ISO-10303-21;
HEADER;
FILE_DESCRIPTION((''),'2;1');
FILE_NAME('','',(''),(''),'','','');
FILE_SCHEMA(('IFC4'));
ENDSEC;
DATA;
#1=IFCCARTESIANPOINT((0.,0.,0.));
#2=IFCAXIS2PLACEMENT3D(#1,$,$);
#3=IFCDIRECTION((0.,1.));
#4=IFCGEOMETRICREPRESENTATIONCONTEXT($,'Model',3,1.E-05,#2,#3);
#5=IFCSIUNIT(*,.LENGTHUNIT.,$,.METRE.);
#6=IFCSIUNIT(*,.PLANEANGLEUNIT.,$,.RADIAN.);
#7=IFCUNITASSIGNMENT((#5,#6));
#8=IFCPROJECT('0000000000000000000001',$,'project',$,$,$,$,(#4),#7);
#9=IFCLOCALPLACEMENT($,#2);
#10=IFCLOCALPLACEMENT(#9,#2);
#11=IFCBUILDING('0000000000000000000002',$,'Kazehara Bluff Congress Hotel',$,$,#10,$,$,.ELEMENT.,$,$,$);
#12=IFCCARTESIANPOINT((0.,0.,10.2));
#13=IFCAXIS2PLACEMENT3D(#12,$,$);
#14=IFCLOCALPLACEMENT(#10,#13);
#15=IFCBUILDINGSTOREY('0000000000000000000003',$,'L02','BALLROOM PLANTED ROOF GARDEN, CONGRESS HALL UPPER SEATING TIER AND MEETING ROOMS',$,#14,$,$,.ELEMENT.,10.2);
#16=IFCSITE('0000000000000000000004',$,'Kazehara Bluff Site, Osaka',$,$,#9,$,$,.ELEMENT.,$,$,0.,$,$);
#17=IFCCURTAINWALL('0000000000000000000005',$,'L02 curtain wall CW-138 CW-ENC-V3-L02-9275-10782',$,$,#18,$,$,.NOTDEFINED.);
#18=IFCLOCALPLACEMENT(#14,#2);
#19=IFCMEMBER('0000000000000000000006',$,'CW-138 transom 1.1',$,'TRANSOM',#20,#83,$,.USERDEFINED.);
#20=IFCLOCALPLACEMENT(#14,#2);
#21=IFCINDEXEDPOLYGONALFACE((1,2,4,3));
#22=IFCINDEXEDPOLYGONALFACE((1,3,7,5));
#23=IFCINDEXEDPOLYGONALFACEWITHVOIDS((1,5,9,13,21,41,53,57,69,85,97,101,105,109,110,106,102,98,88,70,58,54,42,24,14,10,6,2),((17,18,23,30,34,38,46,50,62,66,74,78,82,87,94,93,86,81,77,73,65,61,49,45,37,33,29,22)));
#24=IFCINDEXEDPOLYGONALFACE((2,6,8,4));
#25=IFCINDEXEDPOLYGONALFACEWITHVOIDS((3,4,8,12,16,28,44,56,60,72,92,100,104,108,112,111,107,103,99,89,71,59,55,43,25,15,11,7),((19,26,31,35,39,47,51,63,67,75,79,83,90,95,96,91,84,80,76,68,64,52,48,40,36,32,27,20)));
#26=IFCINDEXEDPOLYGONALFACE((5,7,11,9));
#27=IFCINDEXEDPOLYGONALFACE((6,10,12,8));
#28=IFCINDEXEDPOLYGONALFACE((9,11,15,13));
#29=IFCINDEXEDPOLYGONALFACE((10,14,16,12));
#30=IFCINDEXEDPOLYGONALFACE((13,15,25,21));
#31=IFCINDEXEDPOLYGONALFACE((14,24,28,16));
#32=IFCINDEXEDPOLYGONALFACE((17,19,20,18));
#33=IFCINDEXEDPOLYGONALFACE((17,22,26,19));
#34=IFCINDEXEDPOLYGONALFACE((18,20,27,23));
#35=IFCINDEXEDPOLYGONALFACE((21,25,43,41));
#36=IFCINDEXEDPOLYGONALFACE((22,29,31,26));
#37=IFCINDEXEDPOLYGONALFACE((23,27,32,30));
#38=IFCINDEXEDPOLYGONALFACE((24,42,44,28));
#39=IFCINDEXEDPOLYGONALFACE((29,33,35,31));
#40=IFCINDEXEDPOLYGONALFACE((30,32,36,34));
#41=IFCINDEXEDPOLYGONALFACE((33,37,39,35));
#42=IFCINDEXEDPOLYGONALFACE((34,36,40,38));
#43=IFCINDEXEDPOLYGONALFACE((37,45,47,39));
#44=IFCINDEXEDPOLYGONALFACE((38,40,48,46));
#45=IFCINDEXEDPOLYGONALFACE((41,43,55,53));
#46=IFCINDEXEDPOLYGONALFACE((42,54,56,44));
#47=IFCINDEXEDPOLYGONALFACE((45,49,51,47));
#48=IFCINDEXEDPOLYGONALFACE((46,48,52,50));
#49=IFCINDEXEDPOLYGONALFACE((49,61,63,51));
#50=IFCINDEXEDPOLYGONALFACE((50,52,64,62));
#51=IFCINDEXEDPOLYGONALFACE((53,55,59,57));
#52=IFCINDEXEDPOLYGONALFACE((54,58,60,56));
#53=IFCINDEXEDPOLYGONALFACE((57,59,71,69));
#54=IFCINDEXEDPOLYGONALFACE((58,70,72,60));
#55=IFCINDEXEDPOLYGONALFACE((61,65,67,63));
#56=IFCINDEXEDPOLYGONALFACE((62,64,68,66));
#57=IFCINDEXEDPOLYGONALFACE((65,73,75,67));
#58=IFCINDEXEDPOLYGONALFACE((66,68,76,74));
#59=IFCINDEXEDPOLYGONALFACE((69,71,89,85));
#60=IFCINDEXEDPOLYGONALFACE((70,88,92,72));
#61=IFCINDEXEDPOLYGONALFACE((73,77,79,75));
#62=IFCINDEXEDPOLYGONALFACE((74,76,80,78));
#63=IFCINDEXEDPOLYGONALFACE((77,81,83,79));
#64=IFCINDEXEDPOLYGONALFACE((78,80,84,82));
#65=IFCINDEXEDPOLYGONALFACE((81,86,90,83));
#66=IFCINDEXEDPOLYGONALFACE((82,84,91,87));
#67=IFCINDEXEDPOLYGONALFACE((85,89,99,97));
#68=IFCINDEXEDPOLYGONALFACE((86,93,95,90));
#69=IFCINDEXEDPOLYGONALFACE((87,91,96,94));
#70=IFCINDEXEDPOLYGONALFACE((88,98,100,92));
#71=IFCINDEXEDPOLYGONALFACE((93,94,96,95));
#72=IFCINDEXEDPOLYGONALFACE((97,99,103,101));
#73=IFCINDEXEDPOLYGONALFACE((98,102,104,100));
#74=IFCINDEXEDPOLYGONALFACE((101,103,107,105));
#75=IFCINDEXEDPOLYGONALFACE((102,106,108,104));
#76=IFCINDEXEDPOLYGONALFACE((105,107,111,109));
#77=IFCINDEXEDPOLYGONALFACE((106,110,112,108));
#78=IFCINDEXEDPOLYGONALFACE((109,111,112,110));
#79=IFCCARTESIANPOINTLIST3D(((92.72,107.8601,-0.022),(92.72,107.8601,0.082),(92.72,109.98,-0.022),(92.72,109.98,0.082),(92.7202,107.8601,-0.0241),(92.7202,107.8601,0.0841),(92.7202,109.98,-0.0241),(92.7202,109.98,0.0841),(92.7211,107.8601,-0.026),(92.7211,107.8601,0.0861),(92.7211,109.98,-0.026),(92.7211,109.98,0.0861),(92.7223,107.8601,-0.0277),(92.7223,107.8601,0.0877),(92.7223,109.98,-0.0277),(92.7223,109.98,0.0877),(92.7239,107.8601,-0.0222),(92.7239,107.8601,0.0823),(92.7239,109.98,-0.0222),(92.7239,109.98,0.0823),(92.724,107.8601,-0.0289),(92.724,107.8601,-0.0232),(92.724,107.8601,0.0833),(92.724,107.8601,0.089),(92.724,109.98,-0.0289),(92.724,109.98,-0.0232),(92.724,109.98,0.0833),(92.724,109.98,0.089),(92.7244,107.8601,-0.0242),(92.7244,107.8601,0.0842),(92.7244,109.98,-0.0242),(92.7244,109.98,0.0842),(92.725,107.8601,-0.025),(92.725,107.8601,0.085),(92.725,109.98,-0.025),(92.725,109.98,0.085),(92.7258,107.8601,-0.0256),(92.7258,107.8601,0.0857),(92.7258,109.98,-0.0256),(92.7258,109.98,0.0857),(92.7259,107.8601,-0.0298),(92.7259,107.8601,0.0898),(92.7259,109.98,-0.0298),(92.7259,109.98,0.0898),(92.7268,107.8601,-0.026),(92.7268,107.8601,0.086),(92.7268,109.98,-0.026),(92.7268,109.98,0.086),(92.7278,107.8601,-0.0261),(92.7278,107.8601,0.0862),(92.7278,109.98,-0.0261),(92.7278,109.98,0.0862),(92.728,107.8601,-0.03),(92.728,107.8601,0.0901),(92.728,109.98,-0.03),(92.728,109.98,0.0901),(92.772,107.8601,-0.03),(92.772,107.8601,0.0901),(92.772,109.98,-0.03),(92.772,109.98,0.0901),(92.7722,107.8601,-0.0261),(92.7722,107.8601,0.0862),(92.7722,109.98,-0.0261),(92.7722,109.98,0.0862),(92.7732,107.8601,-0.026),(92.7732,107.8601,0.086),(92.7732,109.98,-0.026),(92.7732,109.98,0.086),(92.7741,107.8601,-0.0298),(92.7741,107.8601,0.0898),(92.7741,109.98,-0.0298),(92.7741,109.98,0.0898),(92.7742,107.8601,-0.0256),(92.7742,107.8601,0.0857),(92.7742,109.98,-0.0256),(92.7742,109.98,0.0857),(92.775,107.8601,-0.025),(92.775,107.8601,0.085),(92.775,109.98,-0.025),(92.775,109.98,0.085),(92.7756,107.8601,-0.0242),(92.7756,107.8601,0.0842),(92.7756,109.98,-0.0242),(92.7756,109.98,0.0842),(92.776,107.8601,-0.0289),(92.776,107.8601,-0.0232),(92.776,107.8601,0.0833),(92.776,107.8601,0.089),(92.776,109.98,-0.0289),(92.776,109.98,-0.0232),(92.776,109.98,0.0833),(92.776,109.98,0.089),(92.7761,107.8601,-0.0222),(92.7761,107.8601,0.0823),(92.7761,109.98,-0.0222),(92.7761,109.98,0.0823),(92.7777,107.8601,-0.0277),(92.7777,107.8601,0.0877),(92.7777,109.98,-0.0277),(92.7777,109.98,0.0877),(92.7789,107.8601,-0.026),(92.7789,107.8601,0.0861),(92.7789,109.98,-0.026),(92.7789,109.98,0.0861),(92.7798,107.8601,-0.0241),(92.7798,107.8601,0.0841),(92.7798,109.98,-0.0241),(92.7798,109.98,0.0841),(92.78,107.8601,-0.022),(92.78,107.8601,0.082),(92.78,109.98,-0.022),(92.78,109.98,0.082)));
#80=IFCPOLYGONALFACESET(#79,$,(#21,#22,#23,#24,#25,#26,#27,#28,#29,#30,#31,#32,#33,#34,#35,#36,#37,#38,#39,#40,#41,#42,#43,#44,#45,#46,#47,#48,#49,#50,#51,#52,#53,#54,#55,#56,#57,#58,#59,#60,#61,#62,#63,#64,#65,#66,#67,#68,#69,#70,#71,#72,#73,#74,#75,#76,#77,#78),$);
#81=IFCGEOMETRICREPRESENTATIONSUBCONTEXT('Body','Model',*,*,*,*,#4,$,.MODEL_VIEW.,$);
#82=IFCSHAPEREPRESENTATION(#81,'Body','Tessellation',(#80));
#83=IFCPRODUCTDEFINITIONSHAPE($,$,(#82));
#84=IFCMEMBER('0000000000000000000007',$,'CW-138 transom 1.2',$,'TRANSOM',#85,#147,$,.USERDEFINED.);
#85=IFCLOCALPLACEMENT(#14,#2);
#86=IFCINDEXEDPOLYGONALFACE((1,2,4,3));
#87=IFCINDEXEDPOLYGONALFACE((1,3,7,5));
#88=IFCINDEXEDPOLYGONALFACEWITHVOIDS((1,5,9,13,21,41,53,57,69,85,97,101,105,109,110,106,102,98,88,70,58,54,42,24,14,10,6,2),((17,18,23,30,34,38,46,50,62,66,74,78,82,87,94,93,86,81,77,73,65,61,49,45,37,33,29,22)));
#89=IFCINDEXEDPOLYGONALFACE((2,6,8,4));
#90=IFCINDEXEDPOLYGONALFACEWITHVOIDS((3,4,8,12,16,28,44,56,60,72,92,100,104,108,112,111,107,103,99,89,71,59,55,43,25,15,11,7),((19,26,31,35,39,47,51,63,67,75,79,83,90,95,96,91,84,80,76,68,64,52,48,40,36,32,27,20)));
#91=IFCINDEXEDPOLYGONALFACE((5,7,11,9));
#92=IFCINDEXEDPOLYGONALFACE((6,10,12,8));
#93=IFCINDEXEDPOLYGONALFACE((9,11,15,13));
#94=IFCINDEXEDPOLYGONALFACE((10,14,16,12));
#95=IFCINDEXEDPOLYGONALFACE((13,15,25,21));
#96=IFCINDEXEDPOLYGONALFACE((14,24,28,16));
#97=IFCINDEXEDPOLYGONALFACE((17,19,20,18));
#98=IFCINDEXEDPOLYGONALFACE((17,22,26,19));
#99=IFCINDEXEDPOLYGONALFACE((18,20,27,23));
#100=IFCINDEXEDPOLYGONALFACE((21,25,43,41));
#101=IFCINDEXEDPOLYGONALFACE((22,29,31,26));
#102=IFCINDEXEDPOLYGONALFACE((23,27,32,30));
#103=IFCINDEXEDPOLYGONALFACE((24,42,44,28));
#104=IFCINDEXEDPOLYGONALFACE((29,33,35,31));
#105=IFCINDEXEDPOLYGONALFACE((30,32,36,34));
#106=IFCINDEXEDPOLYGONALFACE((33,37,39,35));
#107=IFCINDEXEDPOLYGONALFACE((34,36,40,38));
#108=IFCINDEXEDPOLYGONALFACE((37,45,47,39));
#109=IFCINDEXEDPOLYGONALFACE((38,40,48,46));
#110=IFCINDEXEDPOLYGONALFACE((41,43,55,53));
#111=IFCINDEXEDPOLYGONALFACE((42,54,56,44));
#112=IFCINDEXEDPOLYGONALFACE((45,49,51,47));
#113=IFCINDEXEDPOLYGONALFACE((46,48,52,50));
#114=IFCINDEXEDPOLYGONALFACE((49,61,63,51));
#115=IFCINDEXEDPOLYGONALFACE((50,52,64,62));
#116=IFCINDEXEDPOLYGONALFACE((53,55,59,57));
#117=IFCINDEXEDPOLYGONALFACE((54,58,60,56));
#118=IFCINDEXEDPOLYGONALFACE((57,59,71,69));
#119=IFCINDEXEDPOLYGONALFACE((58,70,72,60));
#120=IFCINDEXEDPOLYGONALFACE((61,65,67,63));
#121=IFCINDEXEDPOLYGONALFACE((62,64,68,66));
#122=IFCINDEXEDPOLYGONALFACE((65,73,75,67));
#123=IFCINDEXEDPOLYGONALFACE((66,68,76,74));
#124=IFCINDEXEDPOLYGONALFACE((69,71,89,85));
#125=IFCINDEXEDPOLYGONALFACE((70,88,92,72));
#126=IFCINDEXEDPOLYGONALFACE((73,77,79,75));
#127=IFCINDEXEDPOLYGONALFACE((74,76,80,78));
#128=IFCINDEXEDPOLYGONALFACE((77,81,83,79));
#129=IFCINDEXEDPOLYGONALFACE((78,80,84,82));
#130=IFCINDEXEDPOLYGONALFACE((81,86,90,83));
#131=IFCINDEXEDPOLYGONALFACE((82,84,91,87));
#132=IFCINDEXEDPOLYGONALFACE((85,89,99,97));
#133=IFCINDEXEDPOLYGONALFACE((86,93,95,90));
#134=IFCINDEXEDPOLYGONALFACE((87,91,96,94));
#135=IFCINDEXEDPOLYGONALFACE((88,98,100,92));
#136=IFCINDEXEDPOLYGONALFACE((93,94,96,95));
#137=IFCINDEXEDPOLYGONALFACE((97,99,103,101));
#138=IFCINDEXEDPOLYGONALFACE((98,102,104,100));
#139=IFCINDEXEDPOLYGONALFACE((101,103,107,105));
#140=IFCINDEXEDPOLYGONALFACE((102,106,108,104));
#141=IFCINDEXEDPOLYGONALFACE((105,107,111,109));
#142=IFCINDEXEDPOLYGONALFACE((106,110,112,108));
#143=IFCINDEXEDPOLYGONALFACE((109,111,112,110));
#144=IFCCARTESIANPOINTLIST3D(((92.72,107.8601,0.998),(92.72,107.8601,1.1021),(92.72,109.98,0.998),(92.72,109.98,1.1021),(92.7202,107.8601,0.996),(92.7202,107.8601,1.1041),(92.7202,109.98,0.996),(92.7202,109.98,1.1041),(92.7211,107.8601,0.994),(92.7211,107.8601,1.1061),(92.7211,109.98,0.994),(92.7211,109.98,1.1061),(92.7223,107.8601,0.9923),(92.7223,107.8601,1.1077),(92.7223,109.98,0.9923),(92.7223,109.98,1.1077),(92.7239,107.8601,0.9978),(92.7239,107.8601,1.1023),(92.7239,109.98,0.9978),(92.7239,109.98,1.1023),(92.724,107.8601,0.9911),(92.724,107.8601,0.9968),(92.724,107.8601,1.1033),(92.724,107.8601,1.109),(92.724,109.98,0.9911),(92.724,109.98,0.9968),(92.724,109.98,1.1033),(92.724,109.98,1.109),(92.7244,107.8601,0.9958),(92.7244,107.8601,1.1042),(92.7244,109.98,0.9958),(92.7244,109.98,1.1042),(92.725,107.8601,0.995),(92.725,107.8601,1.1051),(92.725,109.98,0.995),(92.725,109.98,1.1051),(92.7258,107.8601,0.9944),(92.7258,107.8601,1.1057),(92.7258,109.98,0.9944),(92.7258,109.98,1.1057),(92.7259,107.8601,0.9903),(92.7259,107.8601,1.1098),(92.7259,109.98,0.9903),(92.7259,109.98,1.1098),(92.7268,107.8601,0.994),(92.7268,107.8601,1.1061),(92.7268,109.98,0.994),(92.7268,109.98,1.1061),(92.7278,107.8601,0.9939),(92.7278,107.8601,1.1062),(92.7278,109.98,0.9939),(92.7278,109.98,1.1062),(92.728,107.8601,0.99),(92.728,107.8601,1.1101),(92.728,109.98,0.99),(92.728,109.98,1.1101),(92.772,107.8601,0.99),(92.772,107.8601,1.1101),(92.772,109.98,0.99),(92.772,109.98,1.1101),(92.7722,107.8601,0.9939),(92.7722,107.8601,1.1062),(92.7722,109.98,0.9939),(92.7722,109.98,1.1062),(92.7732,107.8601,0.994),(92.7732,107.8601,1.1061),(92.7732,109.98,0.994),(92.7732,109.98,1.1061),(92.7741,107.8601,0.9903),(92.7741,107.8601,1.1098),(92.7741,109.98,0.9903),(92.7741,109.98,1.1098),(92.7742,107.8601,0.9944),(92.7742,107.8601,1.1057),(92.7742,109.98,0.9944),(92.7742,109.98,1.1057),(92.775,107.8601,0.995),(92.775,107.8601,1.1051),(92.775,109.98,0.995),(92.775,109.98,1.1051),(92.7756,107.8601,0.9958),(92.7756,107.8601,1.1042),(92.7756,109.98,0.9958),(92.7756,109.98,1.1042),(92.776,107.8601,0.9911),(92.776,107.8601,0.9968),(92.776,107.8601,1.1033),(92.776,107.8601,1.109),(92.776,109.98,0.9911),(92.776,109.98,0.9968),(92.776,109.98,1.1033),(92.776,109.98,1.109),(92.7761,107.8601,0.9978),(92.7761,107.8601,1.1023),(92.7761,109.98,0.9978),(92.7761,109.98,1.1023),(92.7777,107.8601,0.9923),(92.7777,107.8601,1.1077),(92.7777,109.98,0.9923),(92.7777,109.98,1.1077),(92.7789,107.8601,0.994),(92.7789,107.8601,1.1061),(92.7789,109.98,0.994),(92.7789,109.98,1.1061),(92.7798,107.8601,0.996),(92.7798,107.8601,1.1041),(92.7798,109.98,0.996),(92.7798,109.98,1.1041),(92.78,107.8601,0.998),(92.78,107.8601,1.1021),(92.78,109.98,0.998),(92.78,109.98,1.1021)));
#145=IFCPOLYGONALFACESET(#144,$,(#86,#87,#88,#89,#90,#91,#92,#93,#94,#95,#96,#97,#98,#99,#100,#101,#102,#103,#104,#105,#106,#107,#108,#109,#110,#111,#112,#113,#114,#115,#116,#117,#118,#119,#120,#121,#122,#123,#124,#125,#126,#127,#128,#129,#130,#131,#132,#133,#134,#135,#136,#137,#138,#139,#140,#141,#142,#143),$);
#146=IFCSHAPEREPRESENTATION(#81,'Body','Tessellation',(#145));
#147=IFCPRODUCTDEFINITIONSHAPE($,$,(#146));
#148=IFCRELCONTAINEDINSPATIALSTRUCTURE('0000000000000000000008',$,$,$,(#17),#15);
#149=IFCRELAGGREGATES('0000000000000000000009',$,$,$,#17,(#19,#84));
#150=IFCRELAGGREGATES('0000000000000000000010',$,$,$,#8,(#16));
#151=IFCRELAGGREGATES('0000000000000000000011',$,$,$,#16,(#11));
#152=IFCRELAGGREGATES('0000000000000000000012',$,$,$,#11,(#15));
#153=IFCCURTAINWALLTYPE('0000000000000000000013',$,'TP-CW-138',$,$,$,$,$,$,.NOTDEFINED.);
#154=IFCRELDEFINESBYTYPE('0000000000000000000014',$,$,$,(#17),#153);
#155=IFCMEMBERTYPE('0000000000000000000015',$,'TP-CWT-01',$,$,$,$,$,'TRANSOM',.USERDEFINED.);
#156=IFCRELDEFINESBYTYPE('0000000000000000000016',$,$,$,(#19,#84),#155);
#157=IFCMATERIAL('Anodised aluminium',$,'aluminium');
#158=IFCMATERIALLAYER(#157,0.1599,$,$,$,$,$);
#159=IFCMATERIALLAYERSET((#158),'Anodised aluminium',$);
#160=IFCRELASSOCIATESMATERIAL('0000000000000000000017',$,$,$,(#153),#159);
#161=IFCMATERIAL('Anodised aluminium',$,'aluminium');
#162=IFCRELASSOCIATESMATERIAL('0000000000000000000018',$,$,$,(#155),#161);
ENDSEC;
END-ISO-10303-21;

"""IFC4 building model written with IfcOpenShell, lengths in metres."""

from ifc_helpers import new_model, si_unit, direction, frame, origin, origin_2d, place, context, subcontext, project, spatial, hollow_rectangle, extrude, material, layer, layer_set, material_profile, profile_set, type_object, element, aggregate, save


model = new_model("IFC4")

# Units and contexts
model_context = context("Model", 3, precision=1e-05, world=origin(), true_north=direction((0.0, 1.0)))
body_context = subcontext(model_context, "Body", "Model", "MODEL_VIEW")
ifc_project = project(units=[si_unit("LENGTHUNIT", "METRE"), si_unit("PLANEANGLEUNIT", "RADIAN")], contexts=[model_context])

# Site, building, storey
site_placement = place(None, origin())
site = spatial("IfcSite", under=ifc_project, at=site_placement, Name="Kazehara Bluff Site, Osaka", CompositionType="ELEMENT", RefElevation=0.0)
building_placement = place(site_placement, origin())
building = spatial("IfcBuilding", under=site, at=building_placement, Name="Kazehara Bluff Congress Hotel", CompositionType="ELEMENT")
storey_placement = place(building_placement, frame((0.0, 0.0, 10.2)))
storey = spatial("IfcBuildingStorey", under=building, at=storey_placement, Name="L02", Description="BALLROOM PLANTED ROOF GARDEN, CONGRESS HALL UPPER SEATING TIER AND MEETING ROOMS", CompositionType="ELEMENT", Elevation=10.2)

# Curtain wall, members
ifc_material_1 = material(Name="Anodised aluminium", Category="aluminium")
ifc_layer_1 = layer(ifc_material_1, 0.1599)
ifc_layer_set_1 = layer_set([ifc_layer_1], Name="Anodised aluminium")
curtain_wall_type = type_object("IfcCurtainWallType", Name="TP-CW-138", PredefinedType="NOTDEFINED", material=ifc_layer_set_1)
curtain_wall_placement = place(storey_placement, origin())
curtain_wall = element("IfcCurtainWall", 1, at=curtain_wall_placement, inside=storey, type_object=curtain_wall_type, Name="L02 curtain wall CW-138 CW-ENC-V3-L02-9275-10782", PredefinedType="NOTDEFINED")
ifc_material_2 = material(Name="Anodised aluminium", Category="aluminium")
ifc_material_profile_1 = material_profile(ifc_material_2, hollow_rectangle(XDim=0.0601, YDim=0.1201, WallThickness=0.0039, InnerFilletRadius=0.0039, OuterFilletRadius=0.0081, at=origin_2d()))
ifc_profile_set_1 = profile_set([ifc_material_profile_1], Name="Anodised aluminium")
member_type_1 = type_object("IfcMemberType", Name="TP-CWT-01", ElementType="TRANSOM", PredefinedType="USERDEFINED", material=ifc_profile_set_1)
member_1_placement = place(storey_placement, frame((92.75, 109.98, 0.03), z_axis=(0.0, -1.0, 0.0), x_axis=(1.0, 0.0, 0.0)))
member_1 = element("IfcMember", 2, at=member_1_placement, type_object=member_type_1, Name="CW-138 transom 1.1", ObjectType="TRANSOM", PredefinedType="USERDEFINED", context=body_context, shape_type="SweptSolid", body=[
    extrude(hollow_rectangle(XDim=0.0601, YDim=0.1201, WallThickness=0.0039, InnerFilletRadius=0.0039, OuterFilletRadius=0.0081, at=origin_2d()), origin(), (0.0, 0.0, 1.0), 2.1199),
])
member_2_placement = place(storey_placement, frame((92.75, 109.98, 1.05), z_axis=(0.0, -1.0, 0.0), x_axis=(1.0, 0.0, 0.0)))
member_2 = element("IfcMember", 3, at=member_2_placement, type_object=member_type_1, Name="CW-138 transom 1.2", ObjectType="TRANSOM", PredefinedType="USERDEFINED", context=body_context, shape_type="SweptSolid", body=[
    extrude(hollow_rectangle(XDim=0.0601, YDim=0.1201, WallThickness=0.0039, InnerFilletRadius=0.0039, OuterFilletRadius=0.0081, at=origin_2d()), origin(), (0.0, 0.0, 1.0), 2.1199),
])
aggregate(curtain_wall, [member_1, member_2])

save(model, "model.ifc")
